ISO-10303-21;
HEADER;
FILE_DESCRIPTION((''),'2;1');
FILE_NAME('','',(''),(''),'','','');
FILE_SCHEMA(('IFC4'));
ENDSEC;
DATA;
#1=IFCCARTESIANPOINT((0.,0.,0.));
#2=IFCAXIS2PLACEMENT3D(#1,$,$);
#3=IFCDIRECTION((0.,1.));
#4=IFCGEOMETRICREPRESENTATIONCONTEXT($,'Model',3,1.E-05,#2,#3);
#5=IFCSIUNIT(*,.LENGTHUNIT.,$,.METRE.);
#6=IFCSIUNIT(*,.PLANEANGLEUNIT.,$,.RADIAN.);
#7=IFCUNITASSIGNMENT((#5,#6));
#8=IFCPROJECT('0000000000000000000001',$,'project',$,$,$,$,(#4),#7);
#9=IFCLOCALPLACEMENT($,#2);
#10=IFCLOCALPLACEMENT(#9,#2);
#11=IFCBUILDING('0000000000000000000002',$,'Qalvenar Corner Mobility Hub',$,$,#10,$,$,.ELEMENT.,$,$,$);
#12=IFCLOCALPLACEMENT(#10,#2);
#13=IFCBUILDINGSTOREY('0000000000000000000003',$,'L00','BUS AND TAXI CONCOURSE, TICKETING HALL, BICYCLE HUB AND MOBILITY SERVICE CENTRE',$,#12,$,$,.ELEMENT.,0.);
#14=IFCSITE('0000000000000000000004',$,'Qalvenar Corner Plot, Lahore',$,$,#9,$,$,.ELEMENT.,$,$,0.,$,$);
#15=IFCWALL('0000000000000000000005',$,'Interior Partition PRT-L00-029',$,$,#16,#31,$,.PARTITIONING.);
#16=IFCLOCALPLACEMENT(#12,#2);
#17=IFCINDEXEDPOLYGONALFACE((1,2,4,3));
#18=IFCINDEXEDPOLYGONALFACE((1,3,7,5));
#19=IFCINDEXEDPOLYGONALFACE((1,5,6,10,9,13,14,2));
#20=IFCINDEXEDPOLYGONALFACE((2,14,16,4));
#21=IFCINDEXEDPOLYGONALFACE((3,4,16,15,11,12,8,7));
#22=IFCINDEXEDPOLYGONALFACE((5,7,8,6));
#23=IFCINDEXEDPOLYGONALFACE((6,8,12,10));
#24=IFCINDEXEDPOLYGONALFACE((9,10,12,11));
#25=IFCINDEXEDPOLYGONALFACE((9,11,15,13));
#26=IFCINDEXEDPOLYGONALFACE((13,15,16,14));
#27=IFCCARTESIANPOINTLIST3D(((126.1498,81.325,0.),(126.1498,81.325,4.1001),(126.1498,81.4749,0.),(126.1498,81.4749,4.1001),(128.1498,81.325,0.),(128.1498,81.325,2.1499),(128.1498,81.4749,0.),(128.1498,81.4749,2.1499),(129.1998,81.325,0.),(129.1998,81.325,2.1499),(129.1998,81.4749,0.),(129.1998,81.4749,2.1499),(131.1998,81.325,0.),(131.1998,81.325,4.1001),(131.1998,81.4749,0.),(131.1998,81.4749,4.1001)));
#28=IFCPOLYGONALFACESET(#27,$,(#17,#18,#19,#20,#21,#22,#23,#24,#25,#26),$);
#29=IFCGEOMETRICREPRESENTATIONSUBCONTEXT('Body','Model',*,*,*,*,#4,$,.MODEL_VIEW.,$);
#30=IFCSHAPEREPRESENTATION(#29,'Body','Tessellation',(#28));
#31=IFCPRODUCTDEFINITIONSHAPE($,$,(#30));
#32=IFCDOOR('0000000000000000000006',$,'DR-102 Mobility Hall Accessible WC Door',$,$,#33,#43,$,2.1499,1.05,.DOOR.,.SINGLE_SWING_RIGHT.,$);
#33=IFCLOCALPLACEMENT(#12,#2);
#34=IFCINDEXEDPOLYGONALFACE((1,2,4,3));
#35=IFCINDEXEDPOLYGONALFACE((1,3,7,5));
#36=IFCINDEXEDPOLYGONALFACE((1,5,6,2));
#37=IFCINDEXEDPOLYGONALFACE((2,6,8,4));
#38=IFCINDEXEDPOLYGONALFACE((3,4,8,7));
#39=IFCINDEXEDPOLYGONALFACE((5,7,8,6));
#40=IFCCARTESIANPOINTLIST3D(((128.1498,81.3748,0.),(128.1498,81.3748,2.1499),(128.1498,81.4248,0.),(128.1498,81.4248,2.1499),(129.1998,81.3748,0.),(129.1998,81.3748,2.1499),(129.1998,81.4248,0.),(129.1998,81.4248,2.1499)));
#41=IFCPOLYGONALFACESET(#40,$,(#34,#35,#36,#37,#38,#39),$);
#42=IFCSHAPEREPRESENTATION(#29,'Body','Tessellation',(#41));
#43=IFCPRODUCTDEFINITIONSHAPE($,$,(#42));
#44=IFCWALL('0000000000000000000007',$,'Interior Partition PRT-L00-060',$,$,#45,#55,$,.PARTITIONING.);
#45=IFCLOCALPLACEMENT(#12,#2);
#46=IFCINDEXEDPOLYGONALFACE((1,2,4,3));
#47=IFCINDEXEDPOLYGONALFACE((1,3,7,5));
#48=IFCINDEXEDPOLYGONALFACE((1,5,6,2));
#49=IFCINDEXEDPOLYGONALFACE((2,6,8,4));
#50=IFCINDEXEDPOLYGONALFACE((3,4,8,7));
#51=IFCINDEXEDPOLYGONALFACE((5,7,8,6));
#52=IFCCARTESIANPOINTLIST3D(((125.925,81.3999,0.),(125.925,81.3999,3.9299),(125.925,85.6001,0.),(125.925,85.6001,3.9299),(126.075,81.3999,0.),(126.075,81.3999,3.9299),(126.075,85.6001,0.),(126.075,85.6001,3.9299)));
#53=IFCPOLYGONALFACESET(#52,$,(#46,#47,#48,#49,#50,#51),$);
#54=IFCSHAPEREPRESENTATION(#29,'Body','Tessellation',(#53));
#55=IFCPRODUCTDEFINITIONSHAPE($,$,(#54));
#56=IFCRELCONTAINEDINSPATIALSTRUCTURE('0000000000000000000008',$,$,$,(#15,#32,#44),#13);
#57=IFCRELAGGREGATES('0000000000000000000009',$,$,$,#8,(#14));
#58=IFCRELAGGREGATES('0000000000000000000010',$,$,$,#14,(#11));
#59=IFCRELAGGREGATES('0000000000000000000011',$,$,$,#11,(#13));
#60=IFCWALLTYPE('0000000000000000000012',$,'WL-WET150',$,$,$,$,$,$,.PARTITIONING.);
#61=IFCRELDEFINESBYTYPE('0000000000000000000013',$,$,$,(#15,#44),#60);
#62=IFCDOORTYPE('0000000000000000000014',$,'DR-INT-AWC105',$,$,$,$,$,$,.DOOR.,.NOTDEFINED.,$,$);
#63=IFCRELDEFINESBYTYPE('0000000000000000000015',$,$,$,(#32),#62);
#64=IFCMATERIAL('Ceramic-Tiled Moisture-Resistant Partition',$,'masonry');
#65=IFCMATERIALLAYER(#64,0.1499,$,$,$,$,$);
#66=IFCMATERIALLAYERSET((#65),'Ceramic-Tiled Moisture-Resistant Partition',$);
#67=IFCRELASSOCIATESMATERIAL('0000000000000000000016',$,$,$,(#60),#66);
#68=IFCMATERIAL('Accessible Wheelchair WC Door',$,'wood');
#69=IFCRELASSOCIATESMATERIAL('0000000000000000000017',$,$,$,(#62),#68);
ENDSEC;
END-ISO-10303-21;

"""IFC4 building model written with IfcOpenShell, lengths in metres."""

from ifc_helpers import new_model, si_unit, direction, frame, frame_2d, origin, place, context, subcontext, project, spatial, rectangle, extrude, material, layer, layer_set, type_object, element, fill, save


model = new_model("IFC4")

# Units and contexts
model_context = context("Model", 3, precision=1e-05, world=origin(), true_north=direction((0.0, 1.0)))
body_context = subcontext(model_context, "Body", "Model", "MODEL_VIEW")
ifc_project = project(units=[si_unit("LENGTHUNIT", "METRE"), si_unit("PLANEANGLEUNIT", "RADIAN")], contexts=[model_context])

# Site, building, storey
site_placement = place(None, origin())
site = spatial("IfcSite", under=ifc_project, at=site_placement, Name="Qalvenar Corner Plot, Lahore", CompositionType="ELEMENT", RefElevation=0.0)
building_placement = place(site_placement, origin())
building = spatial("IfcBuilding", under=site, at=building_placement, Name="Qalvenar Corner Mobility Hub", CompositionType="ELEMENT")
storey_placement = place(building_placement, origin())
storey = spatial("IfcBuildingStorey", under=building, at=storey_placement, Name="L00", Description="BUS AND TAXI CONCOURSE, TICKETING HALL, BICYCLE HUB AND MOBILITY SERVICE CENTRE", CompositionType="ELEMENT", Elevation=0.0)

# Wall, opening, door
ifc_material_1 = material(Name="Ceramic-Tiled Moisture-Resistant Partition", Category="masonry")
ifc_layer_1 = layer(ifc_material_1, 0.1499)
ifc_layer_set_1 = layer_set([ifc_layer_1], Name="Ceramic-Tiled Moisture-Resistant Partition")
wall_type_1 = type_object("IfcWallType", Name="WL-WET150", PredefinedType="PARTITIONING", material=ifc_layer_set_1)
wall_1_placement = place(storey_placement, frame((126.1499, 81.3999, 0.0), z_axis=(0.0, 0.0, 1.0), x_axis=(1.0, 0.0, 0.0)))
wall_1 = element("IfcWall", 1, at=wall_1_placement, inside=storey, type_object=wall_type_1, Name="Interior Partition PRT-L00-029", PredefinedType="PARTITIONING", context=body_context, shape_type="SweptSolid", body=[
    extrude(rectangle(XDim=5.05, YDim=0.1499, at=frame_2d((2.5249, 0.0))), origin(), (0.0, 0.0, 1.0), 4.1001),
])
opening_placement = place(wall_1_placement, frame((2.0, 0.0, 0.0)))
opening = element("IfcOpeningElement", 2, at=opening_placement, cuts=wall_1, PredefinedType="OPENING", context=body_context, shape_type="SweptSolid", body=[
    extrude(rectangle(XDim=1.05, YDim=2.1499, at=frame_2d((0.5249, 1.075))), frame((0.0, 0.085, 0.0), z_axis=(0.0, -1.0, 0.0), x_axis=(1.0, 0.0, 0.0)), (0.0, 0.0, 1.0), 0.1699),
])
ifc_material_2 = material(Name="Accessible Wheelchair WC Door", Category="wood")
door_type = type_object("IfcDoorType", Name="DR-INT-AWC105", OperationType="NOTDEFINED", PredefinedType="DOOR", material=ifc_material_2)
door_placement = place(opening_placement, origin())
door = element("IfcDoor", 3, at=door_placement, inside=storey, type_object=door_type, Name="DR-102 Mobility Hall Accessible WC Door", OperationType="SINGLE_SWING_RIGHT", OverallHeight=2.1499, OverallWidth=1.05, PredefinedType="DOOR", context=body_context, shape_type="SweptSolid", body=[
    extrude(rectangle(XDim=1.05, YDim=2.1499, at=frame_2d((0.5249, 1.075))), frame((0.0, 0.0249, 0.0), z_axis=(0.0, -1.0, 0.0), x_axis=(1.0, 0.0, 0.0)), (0.0, 0.0, 1.0), 0.05),
])
fill(opening, door)

# Wall
wall_2_placement = place(storey_placement, frame((126.0, 81.3999, 0.0), z_axis=(0.0, 0.0, 1.0), x_axis=(0.0, 1.0, 0.0)))
element("IfcWall", 4, at=wall_2_placement, inside=storey, type_object=wall_type_1, Name="Interior Partition PRT-L00-060", PredefinedType="PARTITIONING", context=body_context, shape_type="SweptSolid", body=[
    extrude(rectangle(XDim=4.2002, YDim=0.1499, at=frame_2d((2.1001, 0.0))), origin(), (0.0, 0.0, 1.0), 3.9299),
])

save(model, "model.ifc")
